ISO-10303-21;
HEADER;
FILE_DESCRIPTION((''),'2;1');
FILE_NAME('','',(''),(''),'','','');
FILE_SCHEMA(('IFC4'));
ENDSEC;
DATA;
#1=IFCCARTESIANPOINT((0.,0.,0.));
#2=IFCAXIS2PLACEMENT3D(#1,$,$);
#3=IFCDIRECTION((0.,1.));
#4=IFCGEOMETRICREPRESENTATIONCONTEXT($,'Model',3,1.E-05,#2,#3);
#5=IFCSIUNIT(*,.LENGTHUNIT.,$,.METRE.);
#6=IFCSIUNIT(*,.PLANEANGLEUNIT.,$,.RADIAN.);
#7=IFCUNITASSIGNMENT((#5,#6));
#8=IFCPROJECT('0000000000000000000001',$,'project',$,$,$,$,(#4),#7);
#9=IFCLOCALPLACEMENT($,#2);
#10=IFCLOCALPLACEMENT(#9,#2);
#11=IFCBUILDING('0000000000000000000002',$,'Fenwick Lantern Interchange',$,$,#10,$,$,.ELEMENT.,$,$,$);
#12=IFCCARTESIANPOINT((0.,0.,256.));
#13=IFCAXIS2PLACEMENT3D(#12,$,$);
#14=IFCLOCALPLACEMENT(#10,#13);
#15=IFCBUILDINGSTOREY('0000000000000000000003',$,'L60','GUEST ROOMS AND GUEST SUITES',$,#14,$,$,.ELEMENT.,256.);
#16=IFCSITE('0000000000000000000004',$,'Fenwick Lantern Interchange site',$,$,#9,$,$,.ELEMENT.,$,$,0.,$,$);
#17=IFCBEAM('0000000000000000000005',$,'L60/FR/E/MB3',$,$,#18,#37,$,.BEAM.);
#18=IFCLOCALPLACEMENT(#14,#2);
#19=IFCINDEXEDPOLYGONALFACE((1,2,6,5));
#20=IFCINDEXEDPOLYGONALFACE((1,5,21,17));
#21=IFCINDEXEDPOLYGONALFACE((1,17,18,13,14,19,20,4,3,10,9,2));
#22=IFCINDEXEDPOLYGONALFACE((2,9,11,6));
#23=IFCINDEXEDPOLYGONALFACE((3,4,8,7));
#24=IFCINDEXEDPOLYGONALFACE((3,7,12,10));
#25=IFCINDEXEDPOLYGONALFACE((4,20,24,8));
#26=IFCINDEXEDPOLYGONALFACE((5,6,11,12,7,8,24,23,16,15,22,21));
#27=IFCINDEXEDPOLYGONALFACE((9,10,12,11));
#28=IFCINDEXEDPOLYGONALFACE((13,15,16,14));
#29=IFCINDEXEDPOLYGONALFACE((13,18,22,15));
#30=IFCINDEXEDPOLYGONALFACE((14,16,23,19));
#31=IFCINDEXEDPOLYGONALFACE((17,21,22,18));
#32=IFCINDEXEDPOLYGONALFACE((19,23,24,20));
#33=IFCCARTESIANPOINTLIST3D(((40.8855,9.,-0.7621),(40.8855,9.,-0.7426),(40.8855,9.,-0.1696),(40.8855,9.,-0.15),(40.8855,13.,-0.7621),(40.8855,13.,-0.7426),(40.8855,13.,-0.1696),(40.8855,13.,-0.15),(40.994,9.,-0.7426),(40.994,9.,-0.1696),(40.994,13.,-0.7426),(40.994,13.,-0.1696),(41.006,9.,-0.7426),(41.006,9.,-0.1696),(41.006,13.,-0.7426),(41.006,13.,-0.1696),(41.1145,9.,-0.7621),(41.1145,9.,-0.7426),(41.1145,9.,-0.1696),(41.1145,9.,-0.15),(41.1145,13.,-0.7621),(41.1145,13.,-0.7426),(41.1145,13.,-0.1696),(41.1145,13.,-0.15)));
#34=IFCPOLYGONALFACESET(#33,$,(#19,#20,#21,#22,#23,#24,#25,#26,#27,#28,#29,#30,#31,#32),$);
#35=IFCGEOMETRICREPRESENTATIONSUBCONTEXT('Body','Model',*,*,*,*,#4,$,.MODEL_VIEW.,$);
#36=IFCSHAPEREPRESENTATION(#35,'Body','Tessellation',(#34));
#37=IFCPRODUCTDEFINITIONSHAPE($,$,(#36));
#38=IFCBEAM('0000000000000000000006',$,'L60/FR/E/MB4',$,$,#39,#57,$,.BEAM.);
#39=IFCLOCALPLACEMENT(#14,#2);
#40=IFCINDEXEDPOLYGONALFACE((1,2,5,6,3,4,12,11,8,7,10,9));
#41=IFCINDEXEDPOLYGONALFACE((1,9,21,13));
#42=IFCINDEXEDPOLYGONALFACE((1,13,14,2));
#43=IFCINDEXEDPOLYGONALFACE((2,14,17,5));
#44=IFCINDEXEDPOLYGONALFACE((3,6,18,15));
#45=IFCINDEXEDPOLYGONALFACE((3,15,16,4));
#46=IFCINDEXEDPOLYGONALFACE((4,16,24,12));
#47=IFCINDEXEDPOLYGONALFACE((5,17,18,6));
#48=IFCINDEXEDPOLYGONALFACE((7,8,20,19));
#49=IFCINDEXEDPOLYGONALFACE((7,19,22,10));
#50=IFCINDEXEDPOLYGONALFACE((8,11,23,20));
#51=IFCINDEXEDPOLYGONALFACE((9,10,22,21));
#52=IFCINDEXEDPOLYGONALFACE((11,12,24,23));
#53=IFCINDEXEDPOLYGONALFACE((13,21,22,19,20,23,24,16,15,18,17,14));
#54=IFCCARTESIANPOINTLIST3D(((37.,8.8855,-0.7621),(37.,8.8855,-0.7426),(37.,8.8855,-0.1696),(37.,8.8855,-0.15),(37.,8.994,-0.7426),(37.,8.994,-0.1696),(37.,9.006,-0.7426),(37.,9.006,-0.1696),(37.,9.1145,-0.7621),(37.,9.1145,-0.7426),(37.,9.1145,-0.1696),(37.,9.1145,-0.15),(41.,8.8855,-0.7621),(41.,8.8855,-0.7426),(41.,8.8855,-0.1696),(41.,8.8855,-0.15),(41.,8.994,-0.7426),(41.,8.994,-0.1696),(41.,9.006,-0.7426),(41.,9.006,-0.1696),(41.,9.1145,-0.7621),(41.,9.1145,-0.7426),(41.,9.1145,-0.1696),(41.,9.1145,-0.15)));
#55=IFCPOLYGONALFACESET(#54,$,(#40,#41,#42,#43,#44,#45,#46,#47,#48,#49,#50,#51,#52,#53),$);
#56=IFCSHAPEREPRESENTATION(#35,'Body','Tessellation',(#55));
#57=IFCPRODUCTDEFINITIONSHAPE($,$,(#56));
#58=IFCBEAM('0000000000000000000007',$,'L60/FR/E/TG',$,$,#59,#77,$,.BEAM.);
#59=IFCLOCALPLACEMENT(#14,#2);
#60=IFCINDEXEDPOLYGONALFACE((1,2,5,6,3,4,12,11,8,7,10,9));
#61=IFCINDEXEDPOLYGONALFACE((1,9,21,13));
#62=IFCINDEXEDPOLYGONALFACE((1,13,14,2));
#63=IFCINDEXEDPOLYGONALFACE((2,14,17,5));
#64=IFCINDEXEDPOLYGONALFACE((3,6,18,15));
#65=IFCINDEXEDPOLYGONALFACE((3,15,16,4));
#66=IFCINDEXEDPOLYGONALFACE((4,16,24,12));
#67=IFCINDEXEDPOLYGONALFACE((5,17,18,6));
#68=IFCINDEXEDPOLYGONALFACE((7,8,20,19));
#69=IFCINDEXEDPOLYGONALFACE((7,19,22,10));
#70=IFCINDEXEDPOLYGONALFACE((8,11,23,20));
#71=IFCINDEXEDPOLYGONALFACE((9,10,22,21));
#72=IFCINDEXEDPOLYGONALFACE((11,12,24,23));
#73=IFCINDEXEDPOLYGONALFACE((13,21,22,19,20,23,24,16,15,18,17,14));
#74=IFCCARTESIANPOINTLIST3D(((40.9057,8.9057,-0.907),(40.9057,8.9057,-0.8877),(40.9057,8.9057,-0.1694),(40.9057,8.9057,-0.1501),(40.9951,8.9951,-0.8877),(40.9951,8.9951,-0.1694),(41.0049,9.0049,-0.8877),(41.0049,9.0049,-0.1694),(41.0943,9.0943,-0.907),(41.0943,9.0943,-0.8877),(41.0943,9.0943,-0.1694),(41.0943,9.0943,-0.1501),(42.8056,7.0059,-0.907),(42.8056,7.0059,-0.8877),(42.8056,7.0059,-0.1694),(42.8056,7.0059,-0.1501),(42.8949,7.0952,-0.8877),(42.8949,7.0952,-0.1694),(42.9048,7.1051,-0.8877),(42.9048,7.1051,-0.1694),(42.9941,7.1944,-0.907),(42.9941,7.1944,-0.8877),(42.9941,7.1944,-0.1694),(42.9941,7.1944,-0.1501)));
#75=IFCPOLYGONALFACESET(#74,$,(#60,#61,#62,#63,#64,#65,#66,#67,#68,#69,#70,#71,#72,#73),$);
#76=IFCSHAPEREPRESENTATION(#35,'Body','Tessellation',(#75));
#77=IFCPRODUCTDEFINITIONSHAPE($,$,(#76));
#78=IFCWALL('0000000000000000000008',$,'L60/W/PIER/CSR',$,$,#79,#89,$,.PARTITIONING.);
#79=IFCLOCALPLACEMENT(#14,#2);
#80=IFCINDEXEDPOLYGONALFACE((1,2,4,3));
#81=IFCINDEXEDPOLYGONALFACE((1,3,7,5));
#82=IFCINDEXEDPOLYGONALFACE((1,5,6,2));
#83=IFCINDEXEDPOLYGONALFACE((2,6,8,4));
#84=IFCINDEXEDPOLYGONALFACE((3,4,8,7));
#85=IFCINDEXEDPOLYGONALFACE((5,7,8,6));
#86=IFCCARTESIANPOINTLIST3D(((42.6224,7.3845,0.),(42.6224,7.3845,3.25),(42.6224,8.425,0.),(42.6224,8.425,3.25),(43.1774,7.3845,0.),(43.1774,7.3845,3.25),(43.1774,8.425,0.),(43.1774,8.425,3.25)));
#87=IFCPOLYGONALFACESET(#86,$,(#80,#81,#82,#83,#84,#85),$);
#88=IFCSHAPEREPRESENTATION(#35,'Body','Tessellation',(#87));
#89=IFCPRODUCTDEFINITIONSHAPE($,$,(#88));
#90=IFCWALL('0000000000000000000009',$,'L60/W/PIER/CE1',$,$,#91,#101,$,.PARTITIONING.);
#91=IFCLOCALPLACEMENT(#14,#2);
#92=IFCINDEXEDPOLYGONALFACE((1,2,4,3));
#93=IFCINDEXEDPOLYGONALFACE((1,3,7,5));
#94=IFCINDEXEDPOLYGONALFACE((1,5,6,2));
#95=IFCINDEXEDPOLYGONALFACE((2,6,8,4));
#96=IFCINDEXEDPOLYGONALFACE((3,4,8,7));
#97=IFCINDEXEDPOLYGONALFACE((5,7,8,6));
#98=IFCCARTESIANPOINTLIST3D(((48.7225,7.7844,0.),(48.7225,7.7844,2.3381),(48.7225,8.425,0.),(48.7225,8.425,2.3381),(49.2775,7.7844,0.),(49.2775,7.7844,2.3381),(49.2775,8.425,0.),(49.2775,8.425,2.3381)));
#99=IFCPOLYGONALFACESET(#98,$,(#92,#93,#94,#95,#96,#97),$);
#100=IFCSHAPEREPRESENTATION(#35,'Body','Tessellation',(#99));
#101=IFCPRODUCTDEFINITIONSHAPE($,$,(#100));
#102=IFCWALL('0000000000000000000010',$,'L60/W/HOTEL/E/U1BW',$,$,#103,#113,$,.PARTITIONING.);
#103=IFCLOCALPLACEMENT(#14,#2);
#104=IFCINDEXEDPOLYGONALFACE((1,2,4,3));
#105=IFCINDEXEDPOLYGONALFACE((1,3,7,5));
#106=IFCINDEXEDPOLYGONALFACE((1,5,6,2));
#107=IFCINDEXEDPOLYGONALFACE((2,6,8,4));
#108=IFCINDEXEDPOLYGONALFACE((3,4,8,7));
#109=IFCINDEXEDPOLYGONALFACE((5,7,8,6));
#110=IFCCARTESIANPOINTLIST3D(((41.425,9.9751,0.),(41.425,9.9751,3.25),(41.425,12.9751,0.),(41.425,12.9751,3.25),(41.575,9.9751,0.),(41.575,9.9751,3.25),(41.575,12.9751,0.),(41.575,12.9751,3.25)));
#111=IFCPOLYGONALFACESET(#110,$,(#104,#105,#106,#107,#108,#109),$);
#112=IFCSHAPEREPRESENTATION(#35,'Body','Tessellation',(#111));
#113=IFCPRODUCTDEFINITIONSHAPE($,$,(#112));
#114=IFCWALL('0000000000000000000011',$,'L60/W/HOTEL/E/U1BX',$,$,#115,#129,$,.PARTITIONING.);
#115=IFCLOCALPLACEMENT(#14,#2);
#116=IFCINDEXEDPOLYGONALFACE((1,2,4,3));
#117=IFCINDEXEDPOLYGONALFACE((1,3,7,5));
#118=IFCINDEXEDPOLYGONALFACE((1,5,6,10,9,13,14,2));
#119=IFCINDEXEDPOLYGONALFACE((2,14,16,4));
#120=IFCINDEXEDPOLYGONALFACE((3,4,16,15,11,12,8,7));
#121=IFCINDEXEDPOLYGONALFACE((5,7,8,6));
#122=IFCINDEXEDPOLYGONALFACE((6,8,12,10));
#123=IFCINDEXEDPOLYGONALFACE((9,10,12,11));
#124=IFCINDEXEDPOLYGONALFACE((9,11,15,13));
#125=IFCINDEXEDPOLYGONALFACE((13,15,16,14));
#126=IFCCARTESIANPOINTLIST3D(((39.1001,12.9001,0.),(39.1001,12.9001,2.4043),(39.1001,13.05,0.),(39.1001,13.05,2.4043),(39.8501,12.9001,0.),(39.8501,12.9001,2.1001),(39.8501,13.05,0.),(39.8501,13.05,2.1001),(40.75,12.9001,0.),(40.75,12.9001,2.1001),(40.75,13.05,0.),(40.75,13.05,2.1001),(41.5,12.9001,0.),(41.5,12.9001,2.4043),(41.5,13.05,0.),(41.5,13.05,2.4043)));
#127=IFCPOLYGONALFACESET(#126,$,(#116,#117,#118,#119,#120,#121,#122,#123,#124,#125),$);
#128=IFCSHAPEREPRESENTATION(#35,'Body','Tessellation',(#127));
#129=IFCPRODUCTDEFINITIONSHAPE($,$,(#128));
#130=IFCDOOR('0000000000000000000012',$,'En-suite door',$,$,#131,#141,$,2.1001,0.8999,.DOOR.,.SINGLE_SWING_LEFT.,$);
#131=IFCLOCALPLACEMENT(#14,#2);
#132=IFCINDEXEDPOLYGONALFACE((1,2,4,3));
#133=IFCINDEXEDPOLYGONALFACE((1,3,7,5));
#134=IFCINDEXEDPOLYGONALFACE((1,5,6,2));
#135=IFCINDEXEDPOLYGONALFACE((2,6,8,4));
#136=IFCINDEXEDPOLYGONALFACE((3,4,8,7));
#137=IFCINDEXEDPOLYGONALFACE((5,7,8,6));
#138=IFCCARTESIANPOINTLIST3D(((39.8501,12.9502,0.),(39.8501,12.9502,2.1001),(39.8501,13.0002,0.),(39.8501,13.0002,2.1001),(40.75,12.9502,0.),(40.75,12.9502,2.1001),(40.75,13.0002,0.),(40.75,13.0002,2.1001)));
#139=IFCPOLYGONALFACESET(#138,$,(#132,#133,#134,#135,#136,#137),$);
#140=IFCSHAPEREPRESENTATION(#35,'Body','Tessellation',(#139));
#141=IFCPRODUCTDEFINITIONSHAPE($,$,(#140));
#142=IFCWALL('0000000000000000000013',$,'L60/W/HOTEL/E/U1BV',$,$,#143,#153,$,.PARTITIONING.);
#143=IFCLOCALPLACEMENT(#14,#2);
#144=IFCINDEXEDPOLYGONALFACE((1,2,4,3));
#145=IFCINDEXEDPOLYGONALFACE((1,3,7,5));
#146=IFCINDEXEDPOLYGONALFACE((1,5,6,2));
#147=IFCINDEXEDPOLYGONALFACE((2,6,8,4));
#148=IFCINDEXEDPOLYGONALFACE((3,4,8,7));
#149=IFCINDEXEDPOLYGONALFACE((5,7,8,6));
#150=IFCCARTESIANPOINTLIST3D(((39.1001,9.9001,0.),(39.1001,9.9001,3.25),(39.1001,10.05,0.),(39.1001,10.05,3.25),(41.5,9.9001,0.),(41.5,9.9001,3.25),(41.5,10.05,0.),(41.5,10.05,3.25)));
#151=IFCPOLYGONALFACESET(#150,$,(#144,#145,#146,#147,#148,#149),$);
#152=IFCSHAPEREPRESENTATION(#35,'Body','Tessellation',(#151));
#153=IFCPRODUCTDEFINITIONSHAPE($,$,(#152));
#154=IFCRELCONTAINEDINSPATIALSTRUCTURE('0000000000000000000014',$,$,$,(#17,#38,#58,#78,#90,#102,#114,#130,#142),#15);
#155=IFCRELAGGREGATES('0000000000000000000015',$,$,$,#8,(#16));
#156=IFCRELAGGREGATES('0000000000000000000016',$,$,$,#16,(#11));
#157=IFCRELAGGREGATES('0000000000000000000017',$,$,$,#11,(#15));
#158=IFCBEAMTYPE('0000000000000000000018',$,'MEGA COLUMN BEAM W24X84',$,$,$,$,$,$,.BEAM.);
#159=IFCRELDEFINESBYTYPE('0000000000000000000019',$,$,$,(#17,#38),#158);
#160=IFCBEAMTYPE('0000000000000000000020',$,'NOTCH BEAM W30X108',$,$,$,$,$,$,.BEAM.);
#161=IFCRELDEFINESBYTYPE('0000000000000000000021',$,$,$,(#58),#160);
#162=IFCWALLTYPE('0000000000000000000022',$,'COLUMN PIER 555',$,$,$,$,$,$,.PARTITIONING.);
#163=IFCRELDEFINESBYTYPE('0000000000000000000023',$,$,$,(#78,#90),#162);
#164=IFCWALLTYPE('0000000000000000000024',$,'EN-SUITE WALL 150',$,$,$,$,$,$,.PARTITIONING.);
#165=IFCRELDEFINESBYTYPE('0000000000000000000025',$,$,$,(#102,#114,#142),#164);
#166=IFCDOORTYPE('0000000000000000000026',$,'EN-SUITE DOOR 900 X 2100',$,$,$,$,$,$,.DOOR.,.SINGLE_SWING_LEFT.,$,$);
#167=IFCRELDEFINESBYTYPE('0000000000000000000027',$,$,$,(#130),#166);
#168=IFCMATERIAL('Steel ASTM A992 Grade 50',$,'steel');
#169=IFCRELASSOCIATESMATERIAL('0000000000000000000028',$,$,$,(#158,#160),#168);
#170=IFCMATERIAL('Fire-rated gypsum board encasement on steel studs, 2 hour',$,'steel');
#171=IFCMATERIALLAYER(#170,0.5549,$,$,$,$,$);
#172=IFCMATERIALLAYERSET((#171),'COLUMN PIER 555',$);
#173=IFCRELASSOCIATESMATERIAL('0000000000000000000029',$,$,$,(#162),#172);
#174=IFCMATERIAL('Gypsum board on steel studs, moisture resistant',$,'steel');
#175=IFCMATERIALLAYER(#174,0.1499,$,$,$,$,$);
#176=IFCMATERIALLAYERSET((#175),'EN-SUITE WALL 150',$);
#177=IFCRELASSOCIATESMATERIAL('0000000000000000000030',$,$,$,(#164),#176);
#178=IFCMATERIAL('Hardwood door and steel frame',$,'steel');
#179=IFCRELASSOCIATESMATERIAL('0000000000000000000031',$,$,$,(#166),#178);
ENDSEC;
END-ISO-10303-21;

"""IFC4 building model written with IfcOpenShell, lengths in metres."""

from ifc_helpers import new_model, si_unit, direction, frame, frame_2d, origin, origin_2d, place, context, subcontext, project, spatial, rectangle, i_section, extrude, material, layer, layer_set, material_profile, profile_set, type_object, element, fill, save


model = new_model("IFC4")

# Units and contexts
model_context = context("Model", 3, precision=1e-05, world=origin(), true_north=direction((0.0, 1.0)))
body_context = subcontext(model_context, "Body", "Model", "MODEL_VIEW")
ifc_project = project(units=[si_unit("LENGTHUNIT", "METRE"), si_unit("PLANEANGLEUNIT", "RADIAN")], contexts=[model_context])

# Site, building, storey
site_placement = place(None, origin())
site = spatial("IfcSite", under=ifc_project, at=site_placement, Name="Fenwick Lantern Interchange site", CompositionType="ELEMENT", RefElevation=0.0)
building_placement = place(site_placement, origin())
building = spatial("IfcBuilding", under=site, at=building_placement, Name="Fenwick Lantern Interchange", CompositionType="ELEMENT")
storey_placement = place(building_placement, frame((0.0, 0.0, 256.0)))
storey = spatial("IfcBuildingStorey", under=building, at=storey_placement, Name="L60", Description="GUEST ROOMS AND GUEST SUITES", CompositionType="ELEMENT", Elevation=256.0)

# Shared definitions
ifc_material_1 = material(Name="Steel ASTM A992 Grade 50", Category="steel")

# Beams
ifc_material_profile_1 = material_profile(ifc_material_1, i_section(OverallWidth=0.229, OverallDepth=0.6121, WebThickness=0.012, FlangeThickness=0.0195, at=origin_2d()), Name="W24X84")
ifc_profile_set_1 = profile_set([ifc_material_profile_1], Name="Steel ASTM A992 Grade 50")
beam_type_1 = type_object("IfcBeamType", Name="MEGA COLUMN BEAM W24X84", PredefinedType="BEAM", material=ifc_profile_set_1)
for number, where, z_axis, x_axis, name in (
    (1, (41.0, 9.0, -0.4561), (0.0, 1.0, 0.0), (-1.0, 0.0, 0.0), "L60/FR/E/MB3"),
    (2, (41.0, 9.0, -0.4561), (-1.0, 0.0, 0.0), (0.0, -1.0, 0.0), "L60/FR/E/MB4"),
):
    element("IfcBeam", number, at=place(storey_placement, frame(where, z_axis=z_axis, x_axis=x_axis)), inside=storey, type_object=beam_type_1, Name=name, PredefinedType="BEAM", context=body_context, shape_type="SweptSolid", body=[
        extrude(i_section(OverallWidth=0.229, OverallDepth=0.6121, WebThickness=0.012, FlangeThickness=0.0195, at=origin_2d()), origin(), (0.0, 0.0, 1.0), 4.0),
    ])
ifc_material_profile_2 = material_profile(ifc_material_1, i_section(OverallWidth=0.2666, OverallDepth=0.7568, WebThickness=0.0139, FlangeThickness=0.0193, at=origin_2d()), Name="W30X108")
ifc_profile_set_2 = profile_set([ifc_material_profile_2], Name="Steel ASTM A992 Grade 50")
beam_type_2 = type_object("IfcBeamType", Name="NOTCH BEAM W30X108", PredefinedType="BEAM", material=ifc_profile_set_2)
beam_1_placement = place(storey_placement, frame((41.0, 9.0, -0.5286), z_axis=(0.707107, -0.707107, 0.0), x_axis=(0.707107, 0.707107, 0.0)))
element("IfcBeam", 3, at=beam_1_placement, inside=storey, type_object=beam_type_2, Name="L60/FR/E/TG", PredefinedType="BEAM", context=body_context, shape_type="SweptSolid", body=[
    extrude(i_section(OverallWidth=0.2666, OverallDepth=0.7568, WebThickness=0.0139, FlangeThickness=0.0193, at=origin_2d()), origin(), (0.0, 0.0, 1.0), 2.6868),
])

# Walls
ifc_material_2 = material(Name="Fire-rated gypsum board encasement on steel studs, 2 hour", Category="steel")
ifc_layer_1 = layer(ifc_material_2, 0.5549)
ifc_layer_set_1 = layer_set([ifc_layer_1], Name="COLUMN PIER 555")
wall_type_1 = type_object("IfcWallType", Name="COLUMN PIER 555", PredefinedType="PARTITIONING", material=ifc_layer_set_1)
wall_1_placement = place(storey_placement, frame((42.8999, 8.425, 0.0), z_axis=(0.0, 0.0, 1.0), x_axis=(0.0, -1.0, 0.0)))
element("IfcWall", 4, at=wall_1_placement, inside=storey, type_object=wall_type_1, Name="L60/W/PIER/CSR", PredefinedType="PARTITIONING", context=body_context, shape_type="SweptSolid", body=[
    extrude(rectangle(XDim=1.0405, YDim=0.5549, at=frame_2d((0.5203, 0.0))), origin(), (0.0, 0.0, 1.0), 3.25),
])
wall_2_placement = place(storey_placement, frame((49.0, 8.425, 0.0), z_axis=(0.0, 0.0, 1.0), x_axis=(0.0, -1.0, 0.0)))
element("IfcWall", 5, at=wall_2_placement, inside=storey, type_object=wall_type_1, Name="L60/W/PIER/CE1", PredefinedType="PARTITIONING", context=body_context, shape_type="SweptSolid", body=[
    extrude(rectangle(XDim=0.6406, YDim=0.5549, at=frame_2d((0.3203, 0.0))), origin(), (0.0, 0.0, 1.0), 2.3381),
])
ifc_material_3 = material(Name="Gypsum board on steel studs, moisture resistant", Category="steel")
ifc_layer_2 = layer(ifc_material_3, 0.1499)
ifc_layer_set_2 = layer_set([ifc_layer_2], Name="EN-SUITE WALL 150")
wall_type_2 = type_object("IfcWallType", Name="EN-SUITE WALL 150", PredefinedType="PARTITIONING", material=ifc_layer_set_2)
wall_3_placement = place(storey_placement, frame((41.5, 9.9751, 0.0), z_axis=(0.0, 0.0, 1.0), x_axis=(0.0, 1.0, 0.0)))
element("IfcWall", 6, at=wall_3_placement, inside=storey, type_object=wall_type_2, Name="L60/W/HOTEL/E/U1BW", PredefinedType="PARTITIONING", context=body_context, shape_type="SweptSolid", body=[
    extrude(rectangle(XDim=3.0, YDim=0.1499, at=frame_2d((1.5, 0.0))), origin(), (0.0, 0.0, 1.0), 3.25),
])

# Wall, opening, door
wall_4_placement = place(storey_placement, frame((41.5, 12.9751, 0.0), z_axis=(0.0, 0.0, 1.0), x_axis=(-1.0, 0.0, 0.0)))
wall_4 = element("IfcWall", 7, at=wall_4_placement, inside=storey, type_object=wall_type_2, Name="L60/W/HOTEL/E/U1BX", PredefinedType="PARTITIONING", context=body_context, shape_type="SweptSolid", body=[
    extrude(rectangle(XDim=2.3999, YDim=0.1499, at=frame_2d((1.2, 0.0))), origin(), (0.0, 0.0, 1.0), 2.4043),
])
opening_1_placement = place(wall_4_placement, frame((0.75, 0.0, 0.0)))
opening_1 = element("IfcOpeningElement", 8, at=opening_1_placement, cuts=wall_4, PredefinedType="OPENING", context=body_context, shape_type="SweptSolid", body=[
    extrude(rectangle(XDim=0.8999, YDim=2.1001, at=frame_2d((0.45, 1.05))), frame((0.0, 0.085, 0.0), z_axis=(0.0, -1.0, 0.0), x_axis=(1.0, 0.0, 0.0)), (0.0, 0.0, 1.0), 0.1699),
])
ifc_material_4 = material(Name="Hardwood door and steel frame", Category="steel")
door_type_1 = type_object("IfcDoorType", Name="EN-SUITE DOOR 900 X 2100", OperationType="SINGLE_SWING_LEFT", PredefinedType="DOOR", material=ifc_material_4)
door_1_placement = place(opening_1_placement, origin())
door_1 = element("IfcDoor", 9, at=door_1_placement, inside=storey, type_object=door_type_1, Name="En-suite door", OperationType="SINGLE_SWING_LEFT", OverallHeight=2.1001, OverallWidth=0.8999, PredefinedType="DOOR", context=body_context, shape_type="SweptSolid", body=[
    extrude(rectangle(XDim=0.8999, YDim=2.1001, at=frame_2d((0.45, 1.05))), frame((0.0, 0.0249, 0.0), z_axis=(0.0, -1.0, 0.0), x_axis=(1.0, 0.0, 0.0)), (0.0, 0.0, 1.0), 0.05),
])
fill(opening_1, door_1)

# Wall
wall_5_placement = place(storey_placement, frame((41.5, 9.9751, 0.0), z_axis=(0.0, 0.0, 1.0), x_axis=(-1.0, 0.0, 0.0)))
element("IfcWall", 10, at=wall_5_placement, inside=storey, type_object=wall_type_2, Name="L60/W/HOTEL/E/U1BV", PredefinedType="PARTITIONING", context=body_context, shape_type="SweptSolid", body=[
    extrude(rectangle(XDim=2.3999, YDim=0.1499, at=frame_2d((1.2, 0.0))), origin(), (0.0, 0.0, 1.0), 3.25),
])

save(model, "model.ifc")
